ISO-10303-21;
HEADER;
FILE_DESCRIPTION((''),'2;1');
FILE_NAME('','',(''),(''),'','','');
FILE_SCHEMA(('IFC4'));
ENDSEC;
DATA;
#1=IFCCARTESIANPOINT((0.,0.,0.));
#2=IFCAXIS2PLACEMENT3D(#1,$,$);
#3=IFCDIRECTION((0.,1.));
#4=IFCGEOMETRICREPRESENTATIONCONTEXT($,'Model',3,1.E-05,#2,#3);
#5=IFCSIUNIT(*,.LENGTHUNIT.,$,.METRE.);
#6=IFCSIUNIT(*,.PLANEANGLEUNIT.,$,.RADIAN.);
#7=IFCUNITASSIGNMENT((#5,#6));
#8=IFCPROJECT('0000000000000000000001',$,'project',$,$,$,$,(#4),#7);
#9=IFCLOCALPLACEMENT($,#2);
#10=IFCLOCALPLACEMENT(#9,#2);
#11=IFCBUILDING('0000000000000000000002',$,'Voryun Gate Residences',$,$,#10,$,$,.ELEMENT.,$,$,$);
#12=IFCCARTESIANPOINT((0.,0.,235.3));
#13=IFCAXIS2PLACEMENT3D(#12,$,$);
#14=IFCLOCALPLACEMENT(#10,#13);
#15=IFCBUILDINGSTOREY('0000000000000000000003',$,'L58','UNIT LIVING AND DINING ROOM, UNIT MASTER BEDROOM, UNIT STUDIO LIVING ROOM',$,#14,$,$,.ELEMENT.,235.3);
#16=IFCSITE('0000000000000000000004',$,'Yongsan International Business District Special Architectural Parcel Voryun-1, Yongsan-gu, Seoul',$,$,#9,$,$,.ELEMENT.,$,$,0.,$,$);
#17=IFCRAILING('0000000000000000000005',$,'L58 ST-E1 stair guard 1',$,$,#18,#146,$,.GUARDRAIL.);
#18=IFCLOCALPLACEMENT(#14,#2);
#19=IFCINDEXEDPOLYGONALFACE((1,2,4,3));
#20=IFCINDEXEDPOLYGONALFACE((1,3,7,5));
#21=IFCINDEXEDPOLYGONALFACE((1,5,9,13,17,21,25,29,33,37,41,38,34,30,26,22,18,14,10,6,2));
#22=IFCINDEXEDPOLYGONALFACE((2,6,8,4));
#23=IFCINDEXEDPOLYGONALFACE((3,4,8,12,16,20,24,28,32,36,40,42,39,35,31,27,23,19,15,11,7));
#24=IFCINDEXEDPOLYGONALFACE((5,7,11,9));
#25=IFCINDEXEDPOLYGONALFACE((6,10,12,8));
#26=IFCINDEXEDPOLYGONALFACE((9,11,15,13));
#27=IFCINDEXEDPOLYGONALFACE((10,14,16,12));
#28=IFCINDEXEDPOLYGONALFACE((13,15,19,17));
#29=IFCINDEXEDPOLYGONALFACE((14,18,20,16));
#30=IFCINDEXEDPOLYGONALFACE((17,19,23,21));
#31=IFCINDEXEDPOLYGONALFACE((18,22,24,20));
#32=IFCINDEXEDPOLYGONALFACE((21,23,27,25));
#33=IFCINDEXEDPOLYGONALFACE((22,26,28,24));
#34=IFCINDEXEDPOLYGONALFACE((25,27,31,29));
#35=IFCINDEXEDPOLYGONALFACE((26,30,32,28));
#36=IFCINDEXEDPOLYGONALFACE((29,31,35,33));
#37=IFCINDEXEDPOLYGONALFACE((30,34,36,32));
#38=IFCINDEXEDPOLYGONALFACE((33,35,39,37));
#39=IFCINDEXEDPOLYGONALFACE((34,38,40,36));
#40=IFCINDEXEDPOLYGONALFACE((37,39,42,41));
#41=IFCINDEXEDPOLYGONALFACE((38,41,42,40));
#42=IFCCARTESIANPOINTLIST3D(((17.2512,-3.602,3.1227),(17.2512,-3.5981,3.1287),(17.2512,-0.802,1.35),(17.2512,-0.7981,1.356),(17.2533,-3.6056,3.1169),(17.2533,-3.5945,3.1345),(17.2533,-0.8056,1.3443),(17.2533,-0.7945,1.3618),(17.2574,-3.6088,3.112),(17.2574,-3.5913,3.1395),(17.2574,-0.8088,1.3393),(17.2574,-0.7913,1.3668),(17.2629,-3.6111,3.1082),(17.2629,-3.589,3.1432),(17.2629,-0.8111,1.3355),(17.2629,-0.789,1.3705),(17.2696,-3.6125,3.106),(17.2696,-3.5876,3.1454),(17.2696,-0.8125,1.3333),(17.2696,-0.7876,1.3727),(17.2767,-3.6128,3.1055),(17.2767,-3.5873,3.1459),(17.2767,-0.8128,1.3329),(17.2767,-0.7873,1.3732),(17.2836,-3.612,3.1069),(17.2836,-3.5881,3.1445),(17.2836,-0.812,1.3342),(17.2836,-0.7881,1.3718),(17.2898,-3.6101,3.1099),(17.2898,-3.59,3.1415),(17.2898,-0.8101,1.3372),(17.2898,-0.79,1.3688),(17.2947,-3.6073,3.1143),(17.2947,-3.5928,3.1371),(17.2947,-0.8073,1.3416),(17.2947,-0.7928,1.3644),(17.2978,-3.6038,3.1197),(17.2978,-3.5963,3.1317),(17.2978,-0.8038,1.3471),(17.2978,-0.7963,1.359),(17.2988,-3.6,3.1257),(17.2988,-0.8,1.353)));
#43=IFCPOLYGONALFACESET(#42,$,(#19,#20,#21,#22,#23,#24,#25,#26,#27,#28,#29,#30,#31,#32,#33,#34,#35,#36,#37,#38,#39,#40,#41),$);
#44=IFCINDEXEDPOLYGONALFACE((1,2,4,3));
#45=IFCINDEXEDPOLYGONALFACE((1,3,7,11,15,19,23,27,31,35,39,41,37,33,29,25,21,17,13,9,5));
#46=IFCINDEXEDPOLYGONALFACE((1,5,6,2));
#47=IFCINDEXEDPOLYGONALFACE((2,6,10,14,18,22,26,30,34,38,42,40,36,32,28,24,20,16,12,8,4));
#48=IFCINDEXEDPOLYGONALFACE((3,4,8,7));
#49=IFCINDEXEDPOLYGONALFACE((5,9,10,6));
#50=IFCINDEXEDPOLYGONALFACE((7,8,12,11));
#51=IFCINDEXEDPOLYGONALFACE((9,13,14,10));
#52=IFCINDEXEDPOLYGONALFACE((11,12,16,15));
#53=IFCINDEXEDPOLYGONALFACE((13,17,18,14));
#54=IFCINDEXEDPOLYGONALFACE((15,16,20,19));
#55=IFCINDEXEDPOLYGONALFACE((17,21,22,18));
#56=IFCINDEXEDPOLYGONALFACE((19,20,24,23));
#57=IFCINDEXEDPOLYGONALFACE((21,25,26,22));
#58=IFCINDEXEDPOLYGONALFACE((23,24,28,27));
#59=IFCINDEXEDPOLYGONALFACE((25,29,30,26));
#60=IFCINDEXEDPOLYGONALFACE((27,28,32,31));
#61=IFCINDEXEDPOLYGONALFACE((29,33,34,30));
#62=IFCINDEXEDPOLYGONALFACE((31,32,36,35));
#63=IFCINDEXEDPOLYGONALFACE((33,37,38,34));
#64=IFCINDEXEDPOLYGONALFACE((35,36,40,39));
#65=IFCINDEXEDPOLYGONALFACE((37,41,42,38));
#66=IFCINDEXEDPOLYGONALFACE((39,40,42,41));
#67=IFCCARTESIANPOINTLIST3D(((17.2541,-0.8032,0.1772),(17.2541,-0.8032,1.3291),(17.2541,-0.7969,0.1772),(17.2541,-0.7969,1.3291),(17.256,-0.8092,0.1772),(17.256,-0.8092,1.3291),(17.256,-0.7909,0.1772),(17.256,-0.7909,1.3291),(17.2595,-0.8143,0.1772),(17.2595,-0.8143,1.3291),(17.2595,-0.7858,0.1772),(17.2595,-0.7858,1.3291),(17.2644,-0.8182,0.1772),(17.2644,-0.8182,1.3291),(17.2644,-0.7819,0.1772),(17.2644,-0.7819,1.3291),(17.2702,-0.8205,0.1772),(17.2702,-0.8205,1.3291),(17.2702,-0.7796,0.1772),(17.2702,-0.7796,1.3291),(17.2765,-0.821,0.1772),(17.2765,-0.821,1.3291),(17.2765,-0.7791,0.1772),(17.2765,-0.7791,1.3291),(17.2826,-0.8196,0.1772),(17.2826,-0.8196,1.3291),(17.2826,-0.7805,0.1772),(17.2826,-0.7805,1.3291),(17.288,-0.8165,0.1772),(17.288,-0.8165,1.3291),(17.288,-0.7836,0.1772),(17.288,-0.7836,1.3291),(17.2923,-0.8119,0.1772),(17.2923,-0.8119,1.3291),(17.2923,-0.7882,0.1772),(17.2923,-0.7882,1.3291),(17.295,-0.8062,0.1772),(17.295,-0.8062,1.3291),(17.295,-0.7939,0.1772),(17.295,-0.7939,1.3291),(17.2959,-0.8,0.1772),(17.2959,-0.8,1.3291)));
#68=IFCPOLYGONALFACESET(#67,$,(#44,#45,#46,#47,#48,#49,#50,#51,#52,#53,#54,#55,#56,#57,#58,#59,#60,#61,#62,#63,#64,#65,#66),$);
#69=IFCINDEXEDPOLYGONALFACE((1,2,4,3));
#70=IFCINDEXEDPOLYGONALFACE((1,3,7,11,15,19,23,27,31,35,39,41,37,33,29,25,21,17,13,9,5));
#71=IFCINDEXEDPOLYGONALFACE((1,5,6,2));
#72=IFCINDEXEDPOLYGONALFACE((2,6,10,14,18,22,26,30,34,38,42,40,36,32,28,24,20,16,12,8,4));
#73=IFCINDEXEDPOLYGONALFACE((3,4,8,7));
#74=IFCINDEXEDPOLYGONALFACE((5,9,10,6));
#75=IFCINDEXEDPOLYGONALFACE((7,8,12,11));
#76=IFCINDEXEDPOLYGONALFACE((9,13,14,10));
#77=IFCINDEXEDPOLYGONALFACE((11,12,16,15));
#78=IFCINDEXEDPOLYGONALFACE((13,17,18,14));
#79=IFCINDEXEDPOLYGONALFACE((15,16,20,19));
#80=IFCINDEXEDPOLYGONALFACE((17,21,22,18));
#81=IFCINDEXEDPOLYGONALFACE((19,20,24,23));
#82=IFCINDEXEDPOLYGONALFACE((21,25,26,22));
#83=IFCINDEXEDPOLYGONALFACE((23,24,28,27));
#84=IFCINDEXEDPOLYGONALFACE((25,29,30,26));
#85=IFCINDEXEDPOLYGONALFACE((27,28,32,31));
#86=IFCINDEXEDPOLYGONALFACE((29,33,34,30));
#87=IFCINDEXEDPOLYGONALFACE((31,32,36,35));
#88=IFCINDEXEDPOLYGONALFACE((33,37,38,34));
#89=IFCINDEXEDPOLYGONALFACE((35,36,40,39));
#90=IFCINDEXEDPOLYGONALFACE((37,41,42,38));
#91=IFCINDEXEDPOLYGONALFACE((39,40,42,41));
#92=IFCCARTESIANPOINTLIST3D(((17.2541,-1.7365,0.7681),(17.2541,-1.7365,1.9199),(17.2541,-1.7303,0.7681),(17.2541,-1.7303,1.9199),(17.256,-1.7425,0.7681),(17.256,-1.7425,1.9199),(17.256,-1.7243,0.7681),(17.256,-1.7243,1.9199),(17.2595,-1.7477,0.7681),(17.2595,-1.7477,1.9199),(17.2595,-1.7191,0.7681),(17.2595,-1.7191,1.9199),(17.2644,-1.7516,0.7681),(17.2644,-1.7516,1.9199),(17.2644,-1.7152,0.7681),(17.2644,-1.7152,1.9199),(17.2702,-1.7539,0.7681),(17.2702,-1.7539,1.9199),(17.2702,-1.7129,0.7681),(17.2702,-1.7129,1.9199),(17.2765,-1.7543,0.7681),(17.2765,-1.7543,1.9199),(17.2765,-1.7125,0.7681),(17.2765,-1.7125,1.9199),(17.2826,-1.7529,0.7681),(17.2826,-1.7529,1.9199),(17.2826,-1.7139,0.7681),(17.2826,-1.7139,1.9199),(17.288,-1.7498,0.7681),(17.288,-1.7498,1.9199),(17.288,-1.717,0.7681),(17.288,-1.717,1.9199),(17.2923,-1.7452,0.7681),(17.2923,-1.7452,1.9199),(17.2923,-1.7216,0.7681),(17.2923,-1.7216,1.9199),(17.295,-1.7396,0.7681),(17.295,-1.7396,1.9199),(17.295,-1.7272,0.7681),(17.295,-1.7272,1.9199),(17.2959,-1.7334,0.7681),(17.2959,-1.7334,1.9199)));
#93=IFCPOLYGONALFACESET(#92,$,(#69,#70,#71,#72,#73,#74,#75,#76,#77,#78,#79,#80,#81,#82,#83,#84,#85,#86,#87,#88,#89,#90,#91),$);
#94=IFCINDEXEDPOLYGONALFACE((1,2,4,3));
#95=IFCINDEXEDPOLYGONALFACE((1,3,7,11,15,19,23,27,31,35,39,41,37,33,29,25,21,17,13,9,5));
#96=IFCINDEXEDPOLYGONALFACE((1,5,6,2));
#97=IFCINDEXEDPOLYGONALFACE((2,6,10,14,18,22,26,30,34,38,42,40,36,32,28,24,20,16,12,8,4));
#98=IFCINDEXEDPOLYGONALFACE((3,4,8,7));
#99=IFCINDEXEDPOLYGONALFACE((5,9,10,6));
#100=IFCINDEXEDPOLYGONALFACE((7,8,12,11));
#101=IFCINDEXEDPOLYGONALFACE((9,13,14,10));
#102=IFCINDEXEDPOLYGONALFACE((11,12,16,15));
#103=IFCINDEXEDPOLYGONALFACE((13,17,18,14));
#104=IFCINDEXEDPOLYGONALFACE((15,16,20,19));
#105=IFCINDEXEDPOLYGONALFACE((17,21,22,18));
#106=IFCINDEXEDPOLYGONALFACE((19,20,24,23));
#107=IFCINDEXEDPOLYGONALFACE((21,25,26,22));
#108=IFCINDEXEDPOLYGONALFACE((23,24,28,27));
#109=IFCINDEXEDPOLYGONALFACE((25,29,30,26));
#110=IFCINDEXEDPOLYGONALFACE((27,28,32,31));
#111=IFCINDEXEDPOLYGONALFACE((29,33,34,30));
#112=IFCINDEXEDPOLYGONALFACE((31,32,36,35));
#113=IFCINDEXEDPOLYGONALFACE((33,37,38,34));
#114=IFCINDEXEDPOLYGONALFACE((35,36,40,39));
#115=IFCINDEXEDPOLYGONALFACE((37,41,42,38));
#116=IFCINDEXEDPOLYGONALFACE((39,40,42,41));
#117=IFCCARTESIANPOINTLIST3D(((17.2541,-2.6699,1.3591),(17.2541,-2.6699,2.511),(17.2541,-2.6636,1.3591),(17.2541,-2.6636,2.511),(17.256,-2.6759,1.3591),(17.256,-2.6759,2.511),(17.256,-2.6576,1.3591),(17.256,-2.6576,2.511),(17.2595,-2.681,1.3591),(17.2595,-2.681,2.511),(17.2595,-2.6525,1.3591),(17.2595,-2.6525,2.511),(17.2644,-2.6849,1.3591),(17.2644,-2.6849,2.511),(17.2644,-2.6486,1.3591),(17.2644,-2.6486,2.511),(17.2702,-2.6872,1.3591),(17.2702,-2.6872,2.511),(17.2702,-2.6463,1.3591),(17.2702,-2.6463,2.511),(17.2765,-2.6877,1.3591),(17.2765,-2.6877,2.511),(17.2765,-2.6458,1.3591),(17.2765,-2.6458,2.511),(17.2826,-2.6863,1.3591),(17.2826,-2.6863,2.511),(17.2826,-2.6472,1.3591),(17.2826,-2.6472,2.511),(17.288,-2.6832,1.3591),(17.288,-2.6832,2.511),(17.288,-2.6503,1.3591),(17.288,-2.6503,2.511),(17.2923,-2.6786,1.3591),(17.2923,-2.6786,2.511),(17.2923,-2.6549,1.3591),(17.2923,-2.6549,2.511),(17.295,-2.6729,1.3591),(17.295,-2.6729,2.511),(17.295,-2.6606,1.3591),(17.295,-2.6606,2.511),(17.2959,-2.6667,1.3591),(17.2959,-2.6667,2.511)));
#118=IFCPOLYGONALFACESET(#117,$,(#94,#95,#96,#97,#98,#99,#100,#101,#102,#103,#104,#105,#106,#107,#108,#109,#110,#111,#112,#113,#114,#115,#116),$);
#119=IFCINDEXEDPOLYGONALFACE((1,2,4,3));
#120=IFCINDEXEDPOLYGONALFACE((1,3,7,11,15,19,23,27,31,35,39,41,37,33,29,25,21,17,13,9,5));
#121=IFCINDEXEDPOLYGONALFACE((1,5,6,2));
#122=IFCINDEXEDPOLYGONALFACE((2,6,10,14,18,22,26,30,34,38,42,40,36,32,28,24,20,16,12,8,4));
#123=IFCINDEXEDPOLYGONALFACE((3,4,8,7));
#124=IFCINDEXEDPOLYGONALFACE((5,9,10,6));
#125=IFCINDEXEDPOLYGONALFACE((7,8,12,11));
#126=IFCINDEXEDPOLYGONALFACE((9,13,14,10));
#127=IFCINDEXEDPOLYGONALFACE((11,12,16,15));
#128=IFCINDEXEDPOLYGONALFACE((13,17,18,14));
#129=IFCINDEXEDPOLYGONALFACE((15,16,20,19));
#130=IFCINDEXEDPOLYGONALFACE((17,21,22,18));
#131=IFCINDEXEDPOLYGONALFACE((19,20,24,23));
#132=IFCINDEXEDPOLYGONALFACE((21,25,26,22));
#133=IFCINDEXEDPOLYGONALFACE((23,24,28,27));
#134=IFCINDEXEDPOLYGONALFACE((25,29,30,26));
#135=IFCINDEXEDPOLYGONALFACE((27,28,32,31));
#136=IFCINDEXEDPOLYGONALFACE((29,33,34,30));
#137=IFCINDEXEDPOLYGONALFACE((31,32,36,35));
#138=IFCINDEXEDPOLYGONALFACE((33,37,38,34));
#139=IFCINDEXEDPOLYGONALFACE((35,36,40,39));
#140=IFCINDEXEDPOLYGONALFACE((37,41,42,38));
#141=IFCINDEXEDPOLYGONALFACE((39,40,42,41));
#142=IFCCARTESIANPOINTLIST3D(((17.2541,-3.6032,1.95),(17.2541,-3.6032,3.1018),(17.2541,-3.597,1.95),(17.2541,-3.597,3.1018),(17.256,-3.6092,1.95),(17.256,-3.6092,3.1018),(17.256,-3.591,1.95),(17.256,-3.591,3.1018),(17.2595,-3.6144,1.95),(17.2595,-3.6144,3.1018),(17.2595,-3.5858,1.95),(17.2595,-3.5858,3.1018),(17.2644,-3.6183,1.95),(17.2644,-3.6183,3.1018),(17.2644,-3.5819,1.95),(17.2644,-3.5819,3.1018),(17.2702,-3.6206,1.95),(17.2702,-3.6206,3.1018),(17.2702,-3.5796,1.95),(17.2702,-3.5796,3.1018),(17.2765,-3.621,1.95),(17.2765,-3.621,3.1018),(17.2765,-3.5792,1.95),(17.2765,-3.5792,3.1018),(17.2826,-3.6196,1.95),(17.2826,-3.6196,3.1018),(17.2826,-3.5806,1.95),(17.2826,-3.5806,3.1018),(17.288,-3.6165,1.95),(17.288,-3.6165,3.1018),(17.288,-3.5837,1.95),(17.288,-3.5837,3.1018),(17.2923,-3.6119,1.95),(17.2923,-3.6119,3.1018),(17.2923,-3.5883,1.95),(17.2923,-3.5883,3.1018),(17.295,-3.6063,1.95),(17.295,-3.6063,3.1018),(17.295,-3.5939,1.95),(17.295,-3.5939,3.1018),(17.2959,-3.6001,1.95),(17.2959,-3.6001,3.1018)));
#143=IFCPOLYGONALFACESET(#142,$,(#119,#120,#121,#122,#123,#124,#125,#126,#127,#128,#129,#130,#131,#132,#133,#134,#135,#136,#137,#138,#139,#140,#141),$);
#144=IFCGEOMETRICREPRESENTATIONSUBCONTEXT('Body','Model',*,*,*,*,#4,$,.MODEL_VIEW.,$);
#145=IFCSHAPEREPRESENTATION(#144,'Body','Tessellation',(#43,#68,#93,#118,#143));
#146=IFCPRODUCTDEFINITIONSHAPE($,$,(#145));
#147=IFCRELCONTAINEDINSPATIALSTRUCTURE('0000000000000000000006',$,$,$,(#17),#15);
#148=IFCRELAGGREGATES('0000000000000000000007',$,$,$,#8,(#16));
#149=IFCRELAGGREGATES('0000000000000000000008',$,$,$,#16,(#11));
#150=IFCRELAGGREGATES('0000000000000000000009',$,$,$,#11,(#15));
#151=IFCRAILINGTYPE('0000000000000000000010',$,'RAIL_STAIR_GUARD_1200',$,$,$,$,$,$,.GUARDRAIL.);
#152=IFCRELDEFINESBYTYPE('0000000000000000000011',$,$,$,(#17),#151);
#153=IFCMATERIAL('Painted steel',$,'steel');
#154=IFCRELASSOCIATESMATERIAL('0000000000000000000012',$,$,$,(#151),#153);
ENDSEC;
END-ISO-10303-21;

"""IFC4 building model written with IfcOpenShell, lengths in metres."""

from ifc_helpers import new_model, si_unit, direction, frame, origin, origin_2d, place, context, subcontext, project, spatial, circle, extrude, material, type_object, element, save


model = new_model("IFC4")

# Units and contexts
model_context = context("Model", 3, precision=1e-05, world=origin(), true_north=direction((0.0, 1.0)))
body_context = subcontext(model_context, "Body", "Model", "MODEL_VIEW")
ifc_project = project(units=[si_unit("LENGTHUNIT", "METRE"), si_unit("PLANEANGLEUNIT", "RADIAN")], contexts=[model_context])

# Site, building, storey
site_placement = place(None, origin())
site = spatial("IfcSite", under=ifc_project, at=site_placement, Name="Yongsan International Business District Special Architectural Parcel Voryun-1, Yongsan-gu, Seoul", CompositionType="ELEMENT", RefElevation=0.0)
building_placement = place(site_placement, origin())
building = spatial("IfcBuilding", under=site, at=building_placement, Name="Voryun Gate Residences", CompositionType="ELEMENT")
storey_placement = place(building_placement, frame((0.0, 0.0, 235.3)))
storey = spatial("IfcBuildingStorey", under=building, at=storey_placement, Name="L58", Description="UNIT LIVING AND DINING ROOM, UNIT MASTER BEDROOM, UNIT STUDIO LIVING ROOM", CompositionType="ELEMENT", Elevation=235.3)

# Railing
ifc_material_1 = material(Name="Painted steel", Category="steel")
railing_type_1 = type_object("IfcRailingType", Name="RAIL_STAIR_GUARD_1200", PredefinedType="GUARDRAIL", material=ifc_material_1)
railing_1_placement = place(storey_placement, frame((17.2749, -0.8, 0.1772)))
element("IfcRailing", 1, at=railing_1_placement, inside=storey, type_object=railing_type_1, Name="L58 ST-E1 stair guard 1", PredefinedType="GUARDRAIL", context=body_context, shape_type="SweptSolid", body=[
    extrude(circle(Radius=0.0239, at=origin_2d()), frame((0.0, 0.0, 1.1758), z_axis=(0.0, -0.844909, 0.53491), x_axis=(1.0, 0.0, 0.0)), (0.0, 0.0, 1.0), 3.314),
    extrude(circle(Radius=0.021, at=origin_2d()), origin(), (0.0, 0.0, 1.0), 1.1519),
    extrude(circle(Radius=0.021, at=origin_2d()), frame((0.0, -0.9333, 0.5908)), (0.0, 0.0, 1.0), 1.1519),
    extrude(circle(Radius=0.021, at=origin_2d()), frame((0.0, -1.8667, 1.1819)), (0.0, 0.0, 1.0), 1.1519),
    extrude(circle(Radius=0.021, at=origin_2d()), frame((0.0, -2.8, 1.7727)), (0.0, 0.0, 1.0), 1.1519),
])

save(model, "model.ifc")
